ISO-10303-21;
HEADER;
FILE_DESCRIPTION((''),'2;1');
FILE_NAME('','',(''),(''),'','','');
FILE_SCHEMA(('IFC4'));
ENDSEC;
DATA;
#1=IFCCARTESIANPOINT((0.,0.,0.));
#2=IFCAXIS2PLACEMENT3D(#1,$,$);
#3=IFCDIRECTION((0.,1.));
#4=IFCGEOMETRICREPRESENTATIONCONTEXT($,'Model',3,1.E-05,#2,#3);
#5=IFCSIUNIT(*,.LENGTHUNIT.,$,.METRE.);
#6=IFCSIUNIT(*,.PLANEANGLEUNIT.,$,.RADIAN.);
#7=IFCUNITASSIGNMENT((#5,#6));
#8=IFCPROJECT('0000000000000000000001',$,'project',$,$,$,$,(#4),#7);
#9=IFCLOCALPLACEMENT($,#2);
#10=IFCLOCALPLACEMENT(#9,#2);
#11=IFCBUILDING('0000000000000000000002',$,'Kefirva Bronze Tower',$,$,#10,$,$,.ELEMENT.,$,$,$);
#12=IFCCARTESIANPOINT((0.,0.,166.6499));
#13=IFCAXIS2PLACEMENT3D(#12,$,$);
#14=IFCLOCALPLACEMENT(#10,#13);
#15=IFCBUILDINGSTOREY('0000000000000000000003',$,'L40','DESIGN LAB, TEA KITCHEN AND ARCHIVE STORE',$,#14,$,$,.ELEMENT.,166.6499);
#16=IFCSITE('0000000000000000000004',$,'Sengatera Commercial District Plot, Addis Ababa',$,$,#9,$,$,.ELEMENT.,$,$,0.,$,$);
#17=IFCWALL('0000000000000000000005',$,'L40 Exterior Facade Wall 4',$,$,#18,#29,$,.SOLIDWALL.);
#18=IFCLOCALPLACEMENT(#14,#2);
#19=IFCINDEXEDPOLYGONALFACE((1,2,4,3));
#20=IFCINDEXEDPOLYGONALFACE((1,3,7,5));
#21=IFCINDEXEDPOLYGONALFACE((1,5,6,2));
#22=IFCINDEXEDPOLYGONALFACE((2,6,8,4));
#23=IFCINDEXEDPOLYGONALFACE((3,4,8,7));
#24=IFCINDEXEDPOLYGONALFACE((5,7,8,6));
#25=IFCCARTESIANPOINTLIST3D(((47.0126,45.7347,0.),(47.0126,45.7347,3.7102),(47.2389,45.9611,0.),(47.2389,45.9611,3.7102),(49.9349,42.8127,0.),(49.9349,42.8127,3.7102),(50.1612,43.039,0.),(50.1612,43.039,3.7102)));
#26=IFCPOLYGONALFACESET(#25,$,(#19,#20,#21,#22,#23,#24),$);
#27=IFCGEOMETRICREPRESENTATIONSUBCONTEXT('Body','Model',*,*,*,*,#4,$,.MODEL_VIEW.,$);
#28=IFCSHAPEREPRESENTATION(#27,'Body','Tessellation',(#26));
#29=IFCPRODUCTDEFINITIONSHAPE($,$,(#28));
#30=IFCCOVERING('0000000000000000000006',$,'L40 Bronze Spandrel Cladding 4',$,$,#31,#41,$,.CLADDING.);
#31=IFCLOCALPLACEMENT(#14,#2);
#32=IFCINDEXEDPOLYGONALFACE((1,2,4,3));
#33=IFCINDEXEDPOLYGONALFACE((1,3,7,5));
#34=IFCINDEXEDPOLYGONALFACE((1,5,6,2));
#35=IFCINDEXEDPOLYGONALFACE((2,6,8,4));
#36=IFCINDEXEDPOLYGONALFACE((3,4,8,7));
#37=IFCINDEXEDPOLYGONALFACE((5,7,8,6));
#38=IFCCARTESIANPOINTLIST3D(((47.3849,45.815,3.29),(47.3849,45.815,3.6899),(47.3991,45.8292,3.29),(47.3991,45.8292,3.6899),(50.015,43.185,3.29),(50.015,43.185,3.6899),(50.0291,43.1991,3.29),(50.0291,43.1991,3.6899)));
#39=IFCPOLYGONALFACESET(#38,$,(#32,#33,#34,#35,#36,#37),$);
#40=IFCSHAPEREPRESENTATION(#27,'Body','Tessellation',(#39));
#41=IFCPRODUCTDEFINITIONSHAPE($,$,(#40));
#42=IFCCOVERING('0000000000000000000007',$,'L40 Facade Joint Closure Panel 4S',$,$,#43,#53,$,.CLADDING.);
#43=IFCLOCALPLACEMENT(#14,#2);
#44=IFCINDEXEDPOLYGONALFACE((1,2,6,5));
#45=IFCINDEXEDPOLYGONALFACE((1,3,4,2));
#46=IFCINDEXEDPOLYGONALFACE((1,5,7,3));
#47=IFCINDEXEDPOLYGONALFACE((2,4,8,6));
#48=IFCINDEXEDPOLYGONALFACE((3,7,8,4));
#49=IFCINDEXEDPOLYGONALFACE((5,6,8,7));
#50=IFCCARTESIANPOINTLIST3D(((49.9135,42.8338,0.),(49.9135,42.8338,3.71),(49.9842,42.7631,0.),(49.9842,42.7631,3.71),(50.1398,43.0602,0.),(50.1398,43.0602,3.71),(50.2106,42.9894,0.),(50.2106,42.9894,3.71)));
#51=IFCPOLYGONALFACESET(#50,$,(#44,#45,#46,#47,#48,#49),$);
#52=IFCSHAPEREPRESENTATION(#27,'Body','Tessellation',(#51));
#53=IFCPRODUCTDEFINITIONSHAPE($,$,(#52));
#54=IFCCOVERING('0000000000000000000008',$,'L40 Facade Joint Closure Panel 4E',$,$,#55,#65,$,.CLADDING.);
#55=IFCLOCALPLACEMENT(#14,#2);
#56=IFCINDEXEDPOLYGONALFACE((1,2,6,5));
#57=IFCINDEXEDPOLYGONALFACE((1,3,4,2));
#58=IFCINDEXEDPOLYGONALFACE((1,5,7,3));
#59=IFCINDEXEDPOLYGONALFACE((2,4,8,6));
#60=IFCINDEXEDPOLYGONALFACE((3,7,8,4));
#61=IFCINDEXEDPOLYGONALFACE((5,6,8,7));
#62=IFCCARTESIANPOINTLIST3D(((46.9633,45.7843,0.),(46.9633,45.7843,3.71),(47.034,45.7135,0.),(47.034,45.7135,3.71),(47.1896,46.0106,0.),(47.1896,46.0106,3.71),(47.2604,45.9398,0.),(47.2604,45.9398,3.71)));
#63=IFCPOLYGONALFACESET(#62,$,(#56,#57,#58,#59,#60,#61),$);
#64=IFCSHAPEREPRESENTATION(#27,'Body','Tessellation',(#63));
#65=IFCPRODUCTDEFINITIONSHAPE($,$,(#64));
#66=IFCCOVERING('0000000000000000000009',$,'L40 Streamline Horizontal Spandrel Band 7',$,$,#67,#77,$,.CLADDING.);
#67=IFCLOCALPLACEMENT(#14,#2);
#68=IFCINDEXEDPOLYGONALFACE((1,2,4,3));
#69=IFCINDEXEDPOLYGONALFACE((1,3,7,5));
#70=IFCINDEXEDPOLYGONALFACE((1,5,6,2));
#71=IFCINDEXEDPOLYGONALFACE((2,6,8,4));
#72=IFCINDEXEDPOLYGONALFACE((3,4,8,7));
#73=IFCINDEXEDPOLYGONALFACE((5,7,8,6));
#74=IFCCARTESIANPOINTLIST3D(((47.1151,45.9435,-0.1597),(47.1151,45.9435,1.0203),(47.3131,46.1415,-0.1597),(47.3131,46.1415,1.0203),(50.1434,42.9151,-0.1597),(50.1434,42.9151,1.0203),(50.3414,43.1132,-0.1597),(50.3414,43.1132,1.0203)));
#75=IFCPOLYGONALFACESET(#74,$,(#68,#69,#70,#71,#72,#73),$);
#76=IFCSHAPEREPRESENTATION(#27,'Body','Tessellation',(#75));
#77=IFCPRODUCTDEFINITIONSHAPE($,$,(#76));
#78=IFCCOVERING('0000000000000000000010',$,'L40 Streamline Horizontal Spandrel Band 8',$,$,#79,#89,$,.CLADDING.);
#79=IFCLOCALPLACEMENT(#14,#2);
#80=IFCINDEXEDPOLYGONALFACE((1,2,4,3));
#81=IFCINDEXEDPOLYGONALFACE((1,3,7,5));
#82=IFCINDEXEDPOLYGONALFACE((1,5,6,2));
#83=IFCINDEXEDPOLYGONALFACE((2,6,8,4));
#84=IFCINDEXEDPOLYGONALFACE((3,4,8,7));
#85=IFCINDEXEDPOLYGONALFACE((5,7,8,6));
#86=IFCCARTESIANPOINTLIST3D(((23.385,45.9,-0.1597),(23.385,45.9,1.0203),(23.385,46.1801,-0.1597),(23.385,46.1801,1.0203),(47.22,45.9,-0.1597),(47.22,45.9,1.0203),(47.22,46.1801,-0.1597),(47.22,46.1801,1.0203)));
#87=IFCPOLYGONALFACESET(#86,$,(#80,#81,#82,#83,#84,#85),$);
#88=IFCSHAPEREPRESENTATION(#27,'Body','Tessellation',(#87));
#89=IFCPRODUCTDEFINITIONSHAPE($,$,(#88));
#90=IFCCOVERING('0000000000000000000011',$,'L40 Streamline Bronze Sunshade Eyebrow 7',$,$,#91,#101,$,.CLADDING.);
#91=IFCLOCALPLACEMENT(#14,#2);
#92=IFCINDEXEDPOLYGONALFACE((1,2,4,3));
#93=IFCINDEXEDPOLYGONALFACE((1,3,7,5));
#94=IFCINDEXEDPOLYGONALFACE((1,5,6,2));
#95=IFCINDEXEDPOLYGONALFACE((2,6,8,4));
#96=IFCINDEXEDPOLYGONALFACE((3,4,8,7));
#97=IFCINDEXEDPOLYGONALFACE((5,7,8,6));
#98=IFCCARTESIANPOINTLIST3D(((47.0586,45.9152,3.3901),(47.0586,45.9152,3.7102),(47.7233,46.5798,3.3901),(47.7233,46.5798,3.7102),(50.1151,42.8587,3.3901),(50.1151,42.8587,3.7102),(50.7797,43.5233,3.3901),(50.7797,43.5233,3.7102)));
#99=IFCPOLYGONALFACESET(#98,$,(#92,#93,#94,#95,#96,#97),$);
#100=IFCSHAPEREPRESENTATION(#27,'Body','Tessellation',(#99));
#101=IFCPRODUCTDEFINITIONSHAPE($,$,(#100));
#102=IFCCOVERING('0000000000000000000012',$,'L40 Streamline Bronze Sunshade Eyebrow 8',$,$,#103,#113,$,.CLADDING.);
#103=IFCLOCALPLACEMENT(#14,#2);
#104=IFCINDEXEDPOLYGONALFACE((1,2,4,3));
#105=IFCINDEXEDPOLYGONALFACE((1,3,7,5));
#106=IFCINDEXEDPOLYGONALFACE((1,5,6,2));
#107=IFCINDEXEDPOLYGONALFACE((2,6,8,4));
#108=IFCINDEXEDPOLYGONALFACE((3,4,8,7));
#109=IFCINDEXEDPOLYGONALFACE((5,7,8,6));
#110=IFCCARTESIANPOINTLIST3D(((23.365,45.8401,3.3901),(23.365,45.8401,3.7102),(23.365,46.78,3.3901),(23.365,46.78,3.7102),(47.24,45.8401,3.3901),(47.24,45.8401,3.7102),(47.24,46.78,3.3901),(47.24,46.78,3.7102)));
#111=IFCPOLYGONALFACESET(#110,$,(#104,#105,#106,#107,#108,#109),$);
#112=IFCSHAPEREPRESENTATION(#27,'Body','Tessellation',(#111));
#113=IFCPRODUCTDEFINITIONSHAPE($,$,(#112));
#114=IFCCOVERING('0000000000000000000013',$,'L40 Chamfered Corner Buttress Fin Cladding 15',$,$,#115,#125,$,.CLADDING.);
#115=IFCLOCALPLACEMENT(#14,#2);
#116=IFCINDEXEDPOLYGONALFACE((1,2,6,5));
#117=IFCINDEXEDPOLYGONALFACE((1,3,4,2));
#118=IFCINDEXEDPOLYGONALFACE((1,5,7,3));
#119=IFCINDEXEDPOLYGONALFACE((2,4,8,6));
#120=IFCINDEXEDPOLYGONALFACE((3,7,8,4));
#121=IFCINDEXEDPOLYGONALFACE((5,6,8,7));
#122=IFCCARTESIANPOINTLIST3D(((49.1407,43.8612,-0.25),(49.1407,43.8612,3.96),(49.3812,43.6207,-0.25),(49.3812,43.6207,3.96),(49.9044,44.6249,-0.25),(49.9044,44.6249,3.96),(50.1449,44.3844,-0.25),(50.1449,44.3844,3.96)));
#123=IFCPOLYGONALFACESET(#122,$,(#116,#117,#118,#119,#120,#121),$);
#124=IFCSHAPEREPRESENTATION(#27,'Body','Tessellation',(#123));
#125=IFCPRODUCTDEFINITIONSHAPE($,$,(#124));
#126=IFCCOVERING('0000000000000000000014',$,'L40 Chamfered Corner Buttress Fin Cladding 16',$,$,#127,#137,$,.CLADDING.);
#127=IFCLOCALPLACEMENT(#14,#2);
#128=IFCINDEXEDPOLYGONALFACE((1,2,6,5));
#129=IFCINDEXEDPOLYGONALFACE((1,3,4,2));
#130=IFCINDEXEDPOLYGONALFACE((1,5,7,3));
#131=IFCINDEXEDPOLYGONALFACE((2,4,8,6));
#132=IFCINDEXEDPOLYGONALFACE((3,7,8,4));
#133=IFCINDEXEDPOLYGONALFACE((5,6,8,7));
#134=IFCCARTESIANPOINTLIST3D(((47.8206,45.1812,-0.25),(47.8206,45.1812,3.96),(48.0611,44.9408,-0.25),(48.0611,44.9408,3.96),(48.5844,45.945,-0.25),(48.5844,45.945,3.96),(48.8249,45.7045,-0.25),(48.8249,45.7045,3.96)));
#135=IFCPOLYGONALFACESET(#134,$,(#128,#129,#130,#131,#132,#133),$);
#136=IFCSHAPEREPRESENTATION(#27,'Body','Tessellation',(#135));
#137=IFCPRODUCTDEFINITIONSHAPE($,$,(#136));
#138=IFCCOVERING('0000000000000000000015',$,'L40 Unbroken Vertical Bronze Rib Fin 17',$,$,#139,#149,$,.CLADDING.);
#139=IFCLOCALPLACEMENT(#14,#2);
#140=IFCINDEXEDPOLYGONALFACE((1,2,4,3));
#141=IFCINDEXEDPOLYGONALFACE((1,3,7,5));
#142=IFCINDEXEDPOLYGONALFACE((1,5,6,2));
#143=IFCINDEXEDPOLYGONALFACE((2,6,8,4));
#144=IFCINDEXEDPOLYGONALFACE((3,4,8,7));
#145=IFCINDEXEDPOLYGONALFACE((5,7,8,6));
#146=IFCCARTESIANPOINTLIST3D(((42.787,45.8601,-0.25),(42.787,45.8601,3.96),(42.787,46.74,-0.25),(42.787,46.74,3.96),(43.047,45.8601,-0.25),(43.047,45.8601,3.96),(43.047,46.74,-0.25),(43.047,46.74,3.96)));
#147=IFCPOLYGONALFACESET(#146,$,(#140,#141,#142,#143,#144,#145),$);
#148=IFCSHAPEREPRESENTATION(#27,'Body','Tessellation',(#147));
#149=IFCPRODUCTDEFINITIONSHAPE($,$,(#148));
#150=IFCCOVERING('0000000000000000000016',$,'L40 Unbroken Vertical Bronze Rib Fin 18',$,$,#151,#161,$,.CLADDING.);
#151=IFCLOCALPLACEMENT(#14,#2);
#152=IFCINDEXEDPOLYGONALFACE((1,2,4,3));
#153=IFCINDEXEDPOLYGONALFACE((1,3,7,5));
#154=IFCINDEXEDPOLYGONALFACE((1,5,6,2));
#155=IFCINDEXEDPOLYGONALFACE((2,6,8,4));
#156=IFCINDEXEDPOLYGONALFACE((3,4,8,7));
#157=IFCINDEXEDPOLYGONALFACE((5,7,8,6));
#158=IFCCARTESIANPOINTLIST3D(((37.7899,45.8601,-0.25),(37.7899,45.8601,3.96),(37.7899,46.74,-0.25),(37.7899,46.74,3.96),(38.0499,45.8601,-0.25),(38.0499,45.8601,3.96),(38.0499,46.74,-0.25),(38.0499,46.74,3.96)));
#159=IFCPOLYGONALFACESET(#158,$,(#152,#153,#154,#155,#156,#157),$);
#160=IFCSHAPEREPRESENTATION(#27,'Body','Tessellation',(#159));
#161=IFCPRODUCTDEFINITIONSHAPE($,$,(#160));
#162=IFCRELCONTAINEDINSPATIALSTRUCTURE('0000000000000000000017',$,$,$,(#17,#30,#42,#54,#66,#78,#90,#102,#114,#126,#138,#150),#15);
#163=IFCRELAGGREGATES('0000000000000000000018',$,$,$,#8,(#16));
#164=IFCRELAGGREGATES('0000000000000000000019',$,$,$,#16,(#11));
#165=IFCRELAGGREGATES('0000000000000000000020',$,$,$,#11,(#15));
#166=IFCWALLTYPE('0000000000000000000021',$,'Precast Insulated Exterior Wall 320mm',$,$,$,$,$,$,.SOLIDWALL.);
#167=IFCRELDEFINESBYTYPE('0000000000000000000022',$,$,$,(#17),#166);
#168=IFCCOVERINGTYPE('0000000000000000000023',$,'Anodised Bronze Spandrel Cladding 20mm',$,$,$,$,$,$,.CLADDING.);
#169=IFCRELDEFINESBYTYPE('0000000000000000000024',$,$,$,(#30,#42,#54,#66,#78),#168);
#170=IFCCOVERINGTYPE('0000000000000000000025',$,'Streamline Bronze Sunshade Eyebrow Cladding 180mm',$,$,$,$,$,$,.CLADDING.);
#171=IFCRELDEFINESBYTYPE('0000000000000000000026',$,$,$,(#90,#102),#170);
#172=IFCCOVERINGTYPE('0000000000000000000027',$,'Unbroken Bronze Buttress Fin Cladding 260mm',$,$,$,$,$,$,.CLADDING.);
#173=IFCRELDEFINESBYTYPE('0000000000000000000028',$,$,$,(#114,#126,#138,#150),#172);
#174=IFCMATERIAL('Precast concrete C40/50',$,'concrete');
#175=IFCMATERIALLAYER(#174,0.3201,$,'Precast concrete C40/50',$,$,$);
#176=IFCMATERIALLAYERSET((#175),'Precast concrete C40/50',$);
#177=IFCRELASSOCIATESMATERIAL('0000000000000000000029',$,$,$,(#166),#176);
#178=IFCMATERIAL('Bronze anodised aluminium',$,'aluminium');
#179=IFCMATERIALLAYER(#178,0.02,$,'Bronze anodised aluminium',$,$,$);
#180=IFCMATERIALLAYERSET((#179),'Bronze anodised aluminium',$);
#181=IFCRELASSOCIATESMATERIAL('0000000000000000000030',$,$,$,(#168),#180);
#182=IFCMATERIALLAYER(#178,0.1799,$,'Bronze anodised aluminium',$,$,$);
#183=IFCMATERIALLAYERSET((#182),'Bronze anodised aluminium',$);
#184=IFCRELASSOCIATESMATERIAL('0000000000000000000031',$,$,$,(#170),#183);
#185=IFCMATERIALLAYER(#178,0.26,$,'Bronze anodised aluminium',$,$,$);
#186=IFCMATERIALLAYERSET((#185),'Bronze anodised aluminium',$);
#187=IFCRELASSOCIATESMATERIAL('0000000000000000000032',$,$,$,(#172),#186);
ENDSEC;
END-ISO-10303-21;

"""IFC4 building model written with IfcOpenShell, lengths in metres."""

from ifc_helpers import new_model, si_unit, direction, frame, frame_2d, origin, origin_2d, place, context, subcontext, project, spatial, rectangle, extrude, material, layer, layer_set, type_object, element, save


model = new_model("IFC4")

# Units and contexts
model_context = context("Model", 3, precision=1e-05, world=origin(), true_north=direction((0.0, 1.0)))
body_context = subcontext(model_context, "Body", "Model", "MODEL_VIEW")
ifc_project = project(units=[si_unit("LENGTHUNIT", "METRE"), si_unit("PLANEANGLEUNIT", "RADIAN")], contexts=[model_context])

# Site, building, storey
site_placement = place(None, origin())
site = spatial("IfcSite", under=ifc_project, at=site_placement, Name="Sengatera Commercial District Plot, Addis Ababa", CompositionType="ELEMENT", RefElevation=0.0)
building_placement = place(site_placement, origin())
building = spatial("IfcBuilding", under=site, at=building_placement, Name="Kefirva Bronze Tower", CompositionType="ELEMENT")
storey_placement = place(building_placement, frame((0.0, 0.0, 166.6499)))
storey = spatial("IfcBuildingStorey", under=building, at=storey_placement, Name="L40", Description="DESIGN LAB, TEA KITCHEN AND ARCHIVE STORE", CompositionType="ELEMENT", Elevation=166.6499)

# Shared definitions
ifc_material_1 = material(Name="Bronze anodised aluminium", Category="aluminium")

# Wall
ifc_material_2 = material(Name="Precast concrete C40/50", Category="concrete")
ifc_layer_1 = layer(ifc_material_2, 0.3201, Name="Precast concrete C40/50")
ifc_layer_set_1 = layer_set([ifc_layer_1], Name="Precast concrete C40/50")
wall_type = type_object("IfcWallType", Name="Precast Insulated Exterior Wall 320mm", PredefinedType="SOLIDWALL", material=ifc_layer_set_1)
wall_placement = place(storey_placement, frame((50.0481, 42.9258, 0.0), z_axis=(0.0, 0.0, 1.0), x_axis=(-0.707136, 0.707077, 0.0)))
element("IfcWall", 1, at=wall_placement, inside=storey, type_object=wall_type, Name="L40 Exterior Facade Wall 4", PredefinedType="SOLIDWALL", context=body_context, shape_type="SweptSolid", body=[
    extrude(rectangle(XDim=4.1326, YDim=0.3201, at=frame_2d((2.0664, 0.0))), origin(), (0.0, 0.0, 1.0), 3.7102),
])

# Coverings
ifc_layer_2 = layer(ifc_material_1, 0.02, Name="Bronze anodised aluminium")
ifc_layer_set_2 = layer_set([ifc_layer_2], Name="Bronze anodised aluminium")
covering_type_1 = type_object("IfcCoveringType", Name="Anodised Bronze Spandrel Cladding 20mm", PredefinedType="CLADDING", material=ifc_layer_set_2)
covering_1_placement = place(storey_placement, frame((48.707, 44.5071, 3.29), z_axis=(0.0, 0.0, 1.0), x_axis=(-0.707107, 0.707107, 0.0)))
element("IfcCovering", 2, at=covering_1_placement, inside=storey, type_object=covering_type_1, Name="L40 Bronze Spandrel Cladding 4", PredefinedType="CLADDING", context=body_context, shape_type="SweptSolid", body=[
    extrude(rectangle(XDim=3.7195, YDim=0.02, at=origin_2d()), origin(), (0.0, 0.0, 1.0), 0.3999),
])
for number, where, z_axis, x_axis, name in (
    (3, (50.062, 42.9116, 0.0), (0.0, 0.0, 1.0), (-0.707107, 0.707107, 0.0), "L40 Facade Joint Closure Panel 4S"),
    (4, (47.1118, 45.8621, 0.0), (0.0, 0.0, 1.0), (-0.707107, 0.707107, 0.0), "L40 Facade Joint Closure Panel 4E"),
):
    element("IfcCovering", number, at=place(storey_placement, frame(where, z_axis=z_axis, x_axis=x_axis)), inside=storey, type_object=covering_type_1, Name=name, PredefinedType="CLADDING", context=body_context, shape_type="SweptSolid", body=[
        extrude(rectangle(XDim=0.1001, YDim=0.3201, at=origin_2d()), origin(), (0.0, 0.0, 1.0), 3.71),
    ])
covering_2_placement = place(storey_placement, frame((48.7283, 44.5283, -0.1597), z_axis=(0.0, 0.0, 1.0), x_axis=(-0.707107, 0.707107, 0.0)))
element("IfcCovering", 5, at=covering_2_placement, inside=storey, type_object=covering_type_1, Name="L40 Streamline Horizontal Spandrel Band 7", PredefinedType="CLADDING", context=body_context, shape_type="SweptSolid", body=[
    extrude(rectangle(XDim=4.2827, YDim=0.28, at=origin_2d()), origin(), (0.0, 0.0, 1.0), 1.1799),
])
covering_3_placement = place(storey_placement, frame((35.3025, 46.04, -0.1597), z_axis=(0.0, 0.0, 1.0), x_axis=(-1.0, 0.0, 0.0)))
element("IfcCovering", 6, at=covering_3_placement, inside=storey, type_object=covering_type_1, Name="L40 Streamline Horizontal Spandrel Band 8", PredefinedType="CLADDING", context=body_context, shape_type="SweptSolid", body=[
    extrude(rectangle(XDim=23.835, YDim=0.28, at=origin_2d()), origin(), (0.0, 0.0, 1.0), 1.1799),
])
ifc_layer_3 = layer(ifc_material_1, 0.1799, Name="Bronze anodised aluminium")
ifc_layer_set_3 = layer_set([ifc_layer_3], Name="Bronze anodised aluminium")
covering_type_2 = type_object("IfcCoveringType", Name="Streamline Bronze Sunshade Eyebrow Cladding 180mm", PredefinedType="CLADDING", material=ifc_layer_set_3)
covering_4_placement = place(storey_placement, frame((48.9192, 44.7192, 3.3901), z_axis=(0.0, 0.0, 1.0), x_axis=(-0.707107, 0.707107, 0.0)))
element("IfcCovering", 7, at=covering_4_placement, inside=storey, type_object=covering_type_2, Name="L40 Streamline Bronze Sunshade Eyebrow 7", PredefinedType="CLADDING", context=body_context, shape_type="SweptSolid", body=[
    extrude(rectangle(XDim=4.3225, YDim=0.9399, at=origin_2d()), origin(), (0.0, 0.0, 1.0), 0.3201),
])
covering_5_placement = place(storey_placement, frame((35.3025, 46.3101, 3.3901), z_axis=(0.0, 0.0, 1.0), x_axis=(-1.0, 0.0, 0.0)))
element("IfcCovering", 8, at=covering_5_placement, inside=storey, type_object=covering_type_2, Name="L40 Streamline Bronze Sunshade Eyebrow 8", PredefinedType="CLADDING", context=body_context, shape_type="SweptSolid", body=[
    extrude(rectangle(XDim=23.875, YDim=0.9399, at=origin_2d()), origin(), (0.0, 0.0, 1.0), 0.3201),
])
ifc_layer_4 = layer(ifc_material_1, 0.26, Name="Bronze anodised aluminium")
ifc_layer_set_4 = layer_set([ifc_layer_4], Name="Bronze anodised aluminium")
covering_type_3 = type_object("IfcCoveringType", Name="Unbroken Bronze Buttress Fin Cladding 260mm", PredefinedType="CLADDING", material=ifc_layer_set_4)
for number, where, z_axis, x_axis, name in (
    (9, (49.6428, 44.1228, -0.25), (0.0, 0.0, 1.0), (-0.707107, 0.707107, 0.0), "L40 Chamfered Corner Buttress Fin Cladding 15"),
    (10, (48.3228, 45.4429, -0.25), (0.0, 0.0, 1.0), (-0.707107, 0.707107, 0.0), "L40 Chamfered Corner Buttress Fin Cladding 16"),
):
    element("IfcCovering", number, at=place(storey_placement, frame(where, z_axis=z_axis, x_axis=x_axis)), inside=storey, type_object=covering_type_3, Name=name, PredefinedType="CLADDING", context=body_context, shape_type="SweptSolid", body=[
        extrude(rectangle(XDim=0.3401, YDim=1.0801, at=origin_2d()), origin(), (0.0, 0.0, 1.0), 4.21),
    ])
for number, where, z_axis, x_axis, name in (
    (11, (42.917, 46.3, -0.25), (0.0, 0.0, 1.0), (-1.0, 0.0, 0.0), "L40 Unbroken Vertical Bronze Rib Fin 17"),
    (12, (37.9199, 46.3, -0.25), (0.0, 0.0, 1.0), (-1.0, 0.0, 0.0), "L40 Unbroken Vertical Bronze Rib Fin 18"),
):
    element("IfcCovering", number, at=place(storey_placement, frame(where, z_axis=z_axis, x_axis=x_axis)), inside=storey, type_object=covering_type_3, Name=name, PredefinedType="CLADDING", context=body_context, shape_type="SweptSolid", body=[
        extrude(rectangle(XDim=0.26, YDim=0.8799, at=origin_2d()), origin(), (0.0, 0.0, 1.0), 4.21),
    ])

save(model, "model.ifc")
